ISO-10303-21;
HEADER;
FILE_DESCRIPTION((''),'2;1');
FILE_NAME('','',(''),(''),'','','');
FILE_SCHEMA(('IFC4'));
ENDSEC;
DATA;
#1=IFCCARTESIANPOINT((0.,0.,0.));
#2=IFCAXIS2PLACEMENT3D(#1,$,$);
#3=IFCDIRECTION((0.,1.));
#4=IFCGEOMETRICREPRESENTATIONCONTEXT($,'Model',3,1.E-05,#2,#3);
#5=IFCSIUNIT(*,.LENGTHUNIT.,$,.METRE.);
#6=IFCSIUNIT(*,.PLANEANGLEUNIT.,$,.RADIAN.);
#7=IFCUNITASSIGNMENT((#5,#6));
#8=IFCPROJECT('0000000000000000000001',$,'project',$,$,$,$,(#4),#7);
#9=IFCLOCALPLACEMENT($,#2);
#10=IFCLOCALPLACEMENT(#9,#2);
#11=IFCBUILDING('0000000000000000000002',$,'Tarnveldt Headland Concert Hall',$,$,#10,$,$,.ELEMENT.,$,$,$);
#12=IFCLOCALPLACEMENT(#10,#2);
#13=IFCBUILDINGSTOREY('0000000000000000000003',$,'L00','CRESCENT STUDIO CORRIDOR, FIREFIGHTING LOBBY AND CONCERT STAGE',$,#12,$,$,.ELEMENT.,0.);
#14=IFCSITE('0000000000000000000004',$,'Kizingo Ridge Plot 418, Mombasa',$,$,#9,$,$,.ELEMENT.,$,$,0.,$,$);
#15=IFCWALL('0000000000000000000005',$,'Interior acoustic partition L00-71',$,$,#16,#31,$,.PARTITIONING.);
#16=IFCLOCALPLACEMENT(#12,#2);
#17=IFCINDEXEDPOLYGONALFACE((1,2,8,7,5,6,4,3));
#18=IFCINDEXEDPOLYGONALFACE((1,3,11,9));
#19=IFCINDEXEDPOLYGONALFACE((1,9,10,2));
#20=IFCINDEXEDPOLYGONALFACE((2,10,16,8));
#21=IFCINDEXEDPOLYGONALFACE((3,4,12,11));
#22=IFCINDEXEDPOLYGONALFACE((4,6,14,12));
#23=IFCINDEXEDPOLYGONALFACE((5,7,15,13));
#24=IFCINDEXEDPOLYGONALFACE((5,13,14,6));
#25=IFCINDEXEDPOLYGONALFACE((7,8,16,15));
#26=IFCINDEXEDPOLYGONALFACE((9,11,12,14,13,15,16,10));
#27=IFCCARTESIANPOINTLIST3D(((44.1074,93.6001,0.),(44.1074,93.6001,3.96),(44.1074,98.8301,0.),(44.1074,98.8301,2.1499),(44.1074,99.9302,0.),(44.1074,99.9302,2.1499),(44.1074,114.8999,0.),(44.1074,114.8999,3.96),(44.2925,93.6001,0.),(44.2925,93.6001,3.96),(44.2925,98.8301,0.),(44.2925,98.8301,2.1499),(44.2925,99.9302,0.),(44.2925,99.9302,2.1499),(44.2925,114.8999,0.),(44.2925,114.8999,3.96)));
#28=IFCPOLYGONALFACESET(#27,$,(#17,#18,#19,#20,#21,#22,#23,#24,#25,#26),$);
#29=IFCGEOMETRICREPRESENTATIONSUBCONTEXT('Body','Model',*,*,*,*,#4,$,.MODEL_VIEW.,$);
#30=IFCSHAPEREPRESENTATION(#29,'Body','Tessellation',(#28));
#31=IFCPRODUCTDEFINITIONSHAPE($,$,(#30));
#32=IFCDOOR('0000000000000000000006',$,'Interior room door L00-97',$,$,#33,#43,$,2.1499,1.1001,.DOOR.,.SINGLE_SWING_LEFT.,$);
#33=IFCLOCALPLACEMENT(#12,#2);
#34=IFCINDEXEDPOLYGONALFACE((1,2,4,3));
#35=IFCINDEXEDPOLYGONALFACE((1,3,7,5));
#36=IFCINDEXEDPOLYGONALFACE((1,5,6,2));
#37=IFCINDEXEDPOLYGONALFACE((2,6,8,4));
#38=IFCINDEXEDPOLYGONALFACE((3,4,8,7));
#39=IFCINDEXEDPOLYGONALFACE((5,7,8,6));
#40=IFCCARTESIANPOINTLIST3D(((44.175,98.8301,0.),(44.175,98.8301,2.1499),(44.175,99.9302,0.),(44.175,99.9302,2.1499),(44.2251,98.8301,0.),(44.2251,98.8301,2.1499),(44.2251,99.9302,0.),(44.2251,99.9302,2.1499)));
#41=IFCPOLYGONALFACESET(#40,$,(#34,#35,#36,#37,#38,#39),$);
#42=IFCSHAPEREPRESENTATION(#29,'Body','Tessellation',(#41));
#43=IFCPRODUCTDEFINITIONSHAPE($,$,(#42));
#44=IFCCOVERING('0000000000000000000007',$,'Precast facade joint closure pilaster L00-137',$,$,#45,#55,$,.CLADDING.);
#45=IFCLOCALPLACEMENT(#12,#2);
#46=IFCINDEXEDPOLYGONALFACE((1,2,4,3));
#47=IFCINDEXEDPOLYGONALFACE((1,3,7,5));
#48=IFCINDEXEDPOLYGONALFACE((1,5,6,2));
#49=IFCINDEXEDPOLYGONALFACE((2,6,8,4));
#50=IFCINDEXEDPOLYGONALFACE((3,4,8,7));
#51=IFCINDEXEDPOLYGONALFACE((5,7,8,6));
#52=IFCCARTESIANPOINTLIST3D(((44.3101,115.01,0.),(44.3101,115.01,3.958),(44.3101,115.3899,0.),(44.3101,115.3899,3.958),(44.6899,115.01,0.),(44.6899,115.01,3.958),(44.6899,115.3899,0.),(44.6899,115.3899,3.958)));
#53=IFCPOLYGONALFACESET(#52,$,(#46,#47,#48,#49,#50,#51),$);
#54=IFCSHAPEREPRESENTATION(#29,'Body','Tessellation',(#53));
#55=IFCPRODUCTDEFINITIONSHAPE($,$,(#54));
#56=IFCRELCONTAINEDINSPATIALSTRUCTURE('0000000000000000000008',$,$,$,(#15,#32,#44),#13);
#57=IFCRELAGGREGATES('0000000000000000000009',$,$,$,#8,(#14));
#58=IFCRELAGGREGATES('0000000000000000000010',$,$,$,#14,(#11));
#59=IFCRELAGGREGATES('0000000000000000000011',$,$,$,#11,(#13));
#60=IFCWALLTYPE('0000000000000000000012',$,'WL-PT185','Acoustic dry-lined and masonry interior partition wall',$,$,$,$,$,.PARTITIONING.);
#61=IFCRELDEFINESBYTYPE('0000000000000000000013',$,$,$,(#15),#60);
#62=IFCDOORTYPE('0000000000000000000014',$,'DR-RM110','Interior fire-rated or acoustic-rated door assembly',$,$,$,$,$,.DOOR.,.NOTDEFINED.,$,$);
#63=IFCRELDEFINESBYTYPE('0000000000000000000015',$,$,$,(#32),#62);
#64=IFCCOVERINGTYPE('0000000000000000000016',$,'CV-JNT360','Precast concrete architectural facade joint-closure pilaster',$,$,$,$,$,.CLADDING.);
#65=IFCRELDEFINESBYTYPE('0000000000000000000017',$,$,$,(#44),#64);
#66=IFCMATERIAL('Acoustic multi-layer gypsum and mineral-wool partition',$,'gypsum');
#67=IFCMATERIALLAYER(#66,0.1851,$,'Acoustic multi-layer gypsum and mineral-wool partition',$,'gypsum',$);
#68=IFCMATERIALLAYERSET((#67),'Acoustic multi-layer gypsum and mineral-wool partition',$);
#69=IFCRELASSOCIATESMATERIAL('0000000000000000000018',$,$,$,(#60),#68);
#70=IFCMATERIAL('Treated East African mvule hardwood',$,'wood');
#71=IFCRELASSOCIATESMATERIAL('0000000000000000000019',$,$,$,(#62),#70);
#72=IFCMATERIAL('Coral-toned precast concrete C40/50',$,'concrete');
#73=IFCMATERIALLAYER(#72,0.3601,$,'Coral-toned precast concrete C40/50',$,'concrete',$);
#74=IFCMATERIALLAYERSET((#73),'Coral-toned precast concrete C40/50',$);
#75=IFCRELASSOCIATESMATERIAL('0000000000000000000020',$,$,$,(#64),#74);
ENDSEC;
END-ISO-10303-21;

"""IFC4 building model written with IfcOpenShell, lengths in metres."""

from ifc_helpers import new_model, si_unit, direction, frame, frame_2d, origin, origin_2d, place, context, subcontext, project, spatial, rectangle, extrude, material, layer, layer_set, type_object, element, fill, save


model = new_model("IFC4")

# Units and contexts
model_context = context("Model", 3, precision=1e-05, world=origin(), true_north=direction((0.0, 1.0)))
body_context = subcontext(model_context, "Body", "Model", "MODEL_VIEW")
ifc_project = project(units=[si_unit("LENGTHUNIT", "METRE"), si_unit("PLANEANGLEUNIT", "RADIAN")], contexts=[model_context])

# Site, building, storey
site_placement = place(None, origin())
site = spatial("IfcSite", under=ifc_project, at=site_placement, Name="Kizingo Ridge Plot 418, Mombasa", CompositionType="ELEMENT", RefElevation=0.0)
building_placement = place(site_placement, origin())
building = spatial("IfcBuilding", under=site, at=building_placement, Name="Tarnveldt Headland Concert Hall", CompositionType="ELEMENT")
storey_placement = place(building_placement, origin())
storey = spatial("IfcBuildingStorey", under=building, at=storey_placement, Name="L00", Description="CRESCENT STUDIO CORRIDOR, FIREFIGHTING LOBBY AND CONCERT STAGE", CompositionType="ELEMENT", Elevation=0.0)

# Shared definitions
ifc_material_1 = material(Name="Coral-toned precast concrete C40/50", Category="concrete")

# Wall, opening, door
ifc_material_2 = material(Name="Acoustic multi-layer gypsum and mineral-wool partition", Category="gypsum")
ifc_material_3 = material(Name="Treated East African mvule hardwood", Category="wood")
ifc_layer_1 = layer(ifc_material_2, 0.1851, Name="Acoustic multi-layer gypsum and mineral-wool partition", Category="gypsum")
ifc_layer_set_1 = layer_set([ifc_layer_1], Name="Acoustic multi-layer gypsum and mineral-wool partition")
wall_type_1 = type_object("IfcWallType", Name="WL-PT185", Description="Acoustic dry-lined and masonry interior partition wall", PredefinedType="PARTITIONING", material=ifc_layer_set_1)
wall_1_placement = place(storey_placement, frame((44.2, 93.6001, 0.0), z_axis=(0.0, 0.0, 1.0), x_axis=(0.0, 1.0, 0.0)))
wall_1 = element("IfcWall", 1, at=wall_1_placement, inside=storey, type_object=wall_type_1, Name="Interior acoustic partition L00-71", PredefinedType="PARTITIONING", context=body_context, shape_type="SweptSolid", body=[
    extrude(rectangle(XDim=21.2998, YDim=0.1851, at=frame_2d((10.6499, 0.0))), origin(), (0.0, 0.0, 1.0), 3.96),
])
opening_1_placement = place(wall_1_placement, frame((5.23, 0.0, 0.0)))
opening_1 = element("IfcOpeningElement", 2, at=opening_1_placement, cuts=wall_1, PredefinedType="OPENING", context=body_context, shape_type="SweptSolid", body=[
    extrude(rectangle(XDim=1.1001, YDim=2.1499, at=frame_2d((0.55, 1.075))), frame((0.0, 0.1025, 0.0), z_axis=(0.0, -1.0, 0.0), x_axis=(1.0, 0.0, 0.0)), (0.0, 0.0, 1.0), 0.2051),
])
door_type_1 = type_object("IfcDoorType", Name="DR-RM110", Description="Interior fire-rated or acoustic-rated door assembly", OperationType="NOTDEFINED", PredefinedType="DOOR", material=ifc_material_3)
door_1_placement = place(opening_1_placement, origin())
door_1 = element("IfcDoor", 3, at=door_1_placement, inside=storey, type_object=door_type_1, Name="Interior room door L00-97", OperationType="SINGLE_SWING_LEFT", OverallHeight=2.1499, OverallWidth=1.1001, PredefinedType="DOOR", context=body_context, shape_type="SweptSolid", body=[
    extrude(rectangle(XDim=1.1001, YDim=2.1499, at=frame_2d((0.55, 1.075))), frame((0.0, 0.0249, 0.0), z_axis=(0.0, -1.0, 0.0), x_axis=(1.0, 0.0, 0.0)), (0.0, 0.0, 1.0), 0.05),
])
fill(opening_1, door_1)

# Covering
ifc_layer_2 = layer(ifc_material_1, 0.3601, Name="Coral-toned precast concrete C40/50", Category="concrete")
ifc_layer_set_2 = layer_set([ifc_layer_2], Name="Coral-toned precast concrete C40/50")
covering_type = type_object("IfcCoveringType", Name="CV-JNT360", Description="Precast concrete architectural facade joint-closure pilaster", PredefinedType="CLADDING", material=ifc_layer_set_2)
covering_placement = place(storey_placement, frame((44.5, 115.2, 0.0), z_axis=(0.0, 0.0, 1.0), x_axis=(1.0, 0.0, 0.0)))
element("IfcCovering", 4, at=covering_placement, inside=storey, type_object=covering_type, Name="Precast facade joint closure pilaster L00-137", PredefinedType="CLADDING", context=body_context, shape_type="SweptSolid", body=[
    extrude(rectangle(XDim=0.3799, YDim=0.3799, at=origin_2d()), origin(), (0.0, 0.0, 1.0), 3.958),
])

save(model, "model.ifc")
